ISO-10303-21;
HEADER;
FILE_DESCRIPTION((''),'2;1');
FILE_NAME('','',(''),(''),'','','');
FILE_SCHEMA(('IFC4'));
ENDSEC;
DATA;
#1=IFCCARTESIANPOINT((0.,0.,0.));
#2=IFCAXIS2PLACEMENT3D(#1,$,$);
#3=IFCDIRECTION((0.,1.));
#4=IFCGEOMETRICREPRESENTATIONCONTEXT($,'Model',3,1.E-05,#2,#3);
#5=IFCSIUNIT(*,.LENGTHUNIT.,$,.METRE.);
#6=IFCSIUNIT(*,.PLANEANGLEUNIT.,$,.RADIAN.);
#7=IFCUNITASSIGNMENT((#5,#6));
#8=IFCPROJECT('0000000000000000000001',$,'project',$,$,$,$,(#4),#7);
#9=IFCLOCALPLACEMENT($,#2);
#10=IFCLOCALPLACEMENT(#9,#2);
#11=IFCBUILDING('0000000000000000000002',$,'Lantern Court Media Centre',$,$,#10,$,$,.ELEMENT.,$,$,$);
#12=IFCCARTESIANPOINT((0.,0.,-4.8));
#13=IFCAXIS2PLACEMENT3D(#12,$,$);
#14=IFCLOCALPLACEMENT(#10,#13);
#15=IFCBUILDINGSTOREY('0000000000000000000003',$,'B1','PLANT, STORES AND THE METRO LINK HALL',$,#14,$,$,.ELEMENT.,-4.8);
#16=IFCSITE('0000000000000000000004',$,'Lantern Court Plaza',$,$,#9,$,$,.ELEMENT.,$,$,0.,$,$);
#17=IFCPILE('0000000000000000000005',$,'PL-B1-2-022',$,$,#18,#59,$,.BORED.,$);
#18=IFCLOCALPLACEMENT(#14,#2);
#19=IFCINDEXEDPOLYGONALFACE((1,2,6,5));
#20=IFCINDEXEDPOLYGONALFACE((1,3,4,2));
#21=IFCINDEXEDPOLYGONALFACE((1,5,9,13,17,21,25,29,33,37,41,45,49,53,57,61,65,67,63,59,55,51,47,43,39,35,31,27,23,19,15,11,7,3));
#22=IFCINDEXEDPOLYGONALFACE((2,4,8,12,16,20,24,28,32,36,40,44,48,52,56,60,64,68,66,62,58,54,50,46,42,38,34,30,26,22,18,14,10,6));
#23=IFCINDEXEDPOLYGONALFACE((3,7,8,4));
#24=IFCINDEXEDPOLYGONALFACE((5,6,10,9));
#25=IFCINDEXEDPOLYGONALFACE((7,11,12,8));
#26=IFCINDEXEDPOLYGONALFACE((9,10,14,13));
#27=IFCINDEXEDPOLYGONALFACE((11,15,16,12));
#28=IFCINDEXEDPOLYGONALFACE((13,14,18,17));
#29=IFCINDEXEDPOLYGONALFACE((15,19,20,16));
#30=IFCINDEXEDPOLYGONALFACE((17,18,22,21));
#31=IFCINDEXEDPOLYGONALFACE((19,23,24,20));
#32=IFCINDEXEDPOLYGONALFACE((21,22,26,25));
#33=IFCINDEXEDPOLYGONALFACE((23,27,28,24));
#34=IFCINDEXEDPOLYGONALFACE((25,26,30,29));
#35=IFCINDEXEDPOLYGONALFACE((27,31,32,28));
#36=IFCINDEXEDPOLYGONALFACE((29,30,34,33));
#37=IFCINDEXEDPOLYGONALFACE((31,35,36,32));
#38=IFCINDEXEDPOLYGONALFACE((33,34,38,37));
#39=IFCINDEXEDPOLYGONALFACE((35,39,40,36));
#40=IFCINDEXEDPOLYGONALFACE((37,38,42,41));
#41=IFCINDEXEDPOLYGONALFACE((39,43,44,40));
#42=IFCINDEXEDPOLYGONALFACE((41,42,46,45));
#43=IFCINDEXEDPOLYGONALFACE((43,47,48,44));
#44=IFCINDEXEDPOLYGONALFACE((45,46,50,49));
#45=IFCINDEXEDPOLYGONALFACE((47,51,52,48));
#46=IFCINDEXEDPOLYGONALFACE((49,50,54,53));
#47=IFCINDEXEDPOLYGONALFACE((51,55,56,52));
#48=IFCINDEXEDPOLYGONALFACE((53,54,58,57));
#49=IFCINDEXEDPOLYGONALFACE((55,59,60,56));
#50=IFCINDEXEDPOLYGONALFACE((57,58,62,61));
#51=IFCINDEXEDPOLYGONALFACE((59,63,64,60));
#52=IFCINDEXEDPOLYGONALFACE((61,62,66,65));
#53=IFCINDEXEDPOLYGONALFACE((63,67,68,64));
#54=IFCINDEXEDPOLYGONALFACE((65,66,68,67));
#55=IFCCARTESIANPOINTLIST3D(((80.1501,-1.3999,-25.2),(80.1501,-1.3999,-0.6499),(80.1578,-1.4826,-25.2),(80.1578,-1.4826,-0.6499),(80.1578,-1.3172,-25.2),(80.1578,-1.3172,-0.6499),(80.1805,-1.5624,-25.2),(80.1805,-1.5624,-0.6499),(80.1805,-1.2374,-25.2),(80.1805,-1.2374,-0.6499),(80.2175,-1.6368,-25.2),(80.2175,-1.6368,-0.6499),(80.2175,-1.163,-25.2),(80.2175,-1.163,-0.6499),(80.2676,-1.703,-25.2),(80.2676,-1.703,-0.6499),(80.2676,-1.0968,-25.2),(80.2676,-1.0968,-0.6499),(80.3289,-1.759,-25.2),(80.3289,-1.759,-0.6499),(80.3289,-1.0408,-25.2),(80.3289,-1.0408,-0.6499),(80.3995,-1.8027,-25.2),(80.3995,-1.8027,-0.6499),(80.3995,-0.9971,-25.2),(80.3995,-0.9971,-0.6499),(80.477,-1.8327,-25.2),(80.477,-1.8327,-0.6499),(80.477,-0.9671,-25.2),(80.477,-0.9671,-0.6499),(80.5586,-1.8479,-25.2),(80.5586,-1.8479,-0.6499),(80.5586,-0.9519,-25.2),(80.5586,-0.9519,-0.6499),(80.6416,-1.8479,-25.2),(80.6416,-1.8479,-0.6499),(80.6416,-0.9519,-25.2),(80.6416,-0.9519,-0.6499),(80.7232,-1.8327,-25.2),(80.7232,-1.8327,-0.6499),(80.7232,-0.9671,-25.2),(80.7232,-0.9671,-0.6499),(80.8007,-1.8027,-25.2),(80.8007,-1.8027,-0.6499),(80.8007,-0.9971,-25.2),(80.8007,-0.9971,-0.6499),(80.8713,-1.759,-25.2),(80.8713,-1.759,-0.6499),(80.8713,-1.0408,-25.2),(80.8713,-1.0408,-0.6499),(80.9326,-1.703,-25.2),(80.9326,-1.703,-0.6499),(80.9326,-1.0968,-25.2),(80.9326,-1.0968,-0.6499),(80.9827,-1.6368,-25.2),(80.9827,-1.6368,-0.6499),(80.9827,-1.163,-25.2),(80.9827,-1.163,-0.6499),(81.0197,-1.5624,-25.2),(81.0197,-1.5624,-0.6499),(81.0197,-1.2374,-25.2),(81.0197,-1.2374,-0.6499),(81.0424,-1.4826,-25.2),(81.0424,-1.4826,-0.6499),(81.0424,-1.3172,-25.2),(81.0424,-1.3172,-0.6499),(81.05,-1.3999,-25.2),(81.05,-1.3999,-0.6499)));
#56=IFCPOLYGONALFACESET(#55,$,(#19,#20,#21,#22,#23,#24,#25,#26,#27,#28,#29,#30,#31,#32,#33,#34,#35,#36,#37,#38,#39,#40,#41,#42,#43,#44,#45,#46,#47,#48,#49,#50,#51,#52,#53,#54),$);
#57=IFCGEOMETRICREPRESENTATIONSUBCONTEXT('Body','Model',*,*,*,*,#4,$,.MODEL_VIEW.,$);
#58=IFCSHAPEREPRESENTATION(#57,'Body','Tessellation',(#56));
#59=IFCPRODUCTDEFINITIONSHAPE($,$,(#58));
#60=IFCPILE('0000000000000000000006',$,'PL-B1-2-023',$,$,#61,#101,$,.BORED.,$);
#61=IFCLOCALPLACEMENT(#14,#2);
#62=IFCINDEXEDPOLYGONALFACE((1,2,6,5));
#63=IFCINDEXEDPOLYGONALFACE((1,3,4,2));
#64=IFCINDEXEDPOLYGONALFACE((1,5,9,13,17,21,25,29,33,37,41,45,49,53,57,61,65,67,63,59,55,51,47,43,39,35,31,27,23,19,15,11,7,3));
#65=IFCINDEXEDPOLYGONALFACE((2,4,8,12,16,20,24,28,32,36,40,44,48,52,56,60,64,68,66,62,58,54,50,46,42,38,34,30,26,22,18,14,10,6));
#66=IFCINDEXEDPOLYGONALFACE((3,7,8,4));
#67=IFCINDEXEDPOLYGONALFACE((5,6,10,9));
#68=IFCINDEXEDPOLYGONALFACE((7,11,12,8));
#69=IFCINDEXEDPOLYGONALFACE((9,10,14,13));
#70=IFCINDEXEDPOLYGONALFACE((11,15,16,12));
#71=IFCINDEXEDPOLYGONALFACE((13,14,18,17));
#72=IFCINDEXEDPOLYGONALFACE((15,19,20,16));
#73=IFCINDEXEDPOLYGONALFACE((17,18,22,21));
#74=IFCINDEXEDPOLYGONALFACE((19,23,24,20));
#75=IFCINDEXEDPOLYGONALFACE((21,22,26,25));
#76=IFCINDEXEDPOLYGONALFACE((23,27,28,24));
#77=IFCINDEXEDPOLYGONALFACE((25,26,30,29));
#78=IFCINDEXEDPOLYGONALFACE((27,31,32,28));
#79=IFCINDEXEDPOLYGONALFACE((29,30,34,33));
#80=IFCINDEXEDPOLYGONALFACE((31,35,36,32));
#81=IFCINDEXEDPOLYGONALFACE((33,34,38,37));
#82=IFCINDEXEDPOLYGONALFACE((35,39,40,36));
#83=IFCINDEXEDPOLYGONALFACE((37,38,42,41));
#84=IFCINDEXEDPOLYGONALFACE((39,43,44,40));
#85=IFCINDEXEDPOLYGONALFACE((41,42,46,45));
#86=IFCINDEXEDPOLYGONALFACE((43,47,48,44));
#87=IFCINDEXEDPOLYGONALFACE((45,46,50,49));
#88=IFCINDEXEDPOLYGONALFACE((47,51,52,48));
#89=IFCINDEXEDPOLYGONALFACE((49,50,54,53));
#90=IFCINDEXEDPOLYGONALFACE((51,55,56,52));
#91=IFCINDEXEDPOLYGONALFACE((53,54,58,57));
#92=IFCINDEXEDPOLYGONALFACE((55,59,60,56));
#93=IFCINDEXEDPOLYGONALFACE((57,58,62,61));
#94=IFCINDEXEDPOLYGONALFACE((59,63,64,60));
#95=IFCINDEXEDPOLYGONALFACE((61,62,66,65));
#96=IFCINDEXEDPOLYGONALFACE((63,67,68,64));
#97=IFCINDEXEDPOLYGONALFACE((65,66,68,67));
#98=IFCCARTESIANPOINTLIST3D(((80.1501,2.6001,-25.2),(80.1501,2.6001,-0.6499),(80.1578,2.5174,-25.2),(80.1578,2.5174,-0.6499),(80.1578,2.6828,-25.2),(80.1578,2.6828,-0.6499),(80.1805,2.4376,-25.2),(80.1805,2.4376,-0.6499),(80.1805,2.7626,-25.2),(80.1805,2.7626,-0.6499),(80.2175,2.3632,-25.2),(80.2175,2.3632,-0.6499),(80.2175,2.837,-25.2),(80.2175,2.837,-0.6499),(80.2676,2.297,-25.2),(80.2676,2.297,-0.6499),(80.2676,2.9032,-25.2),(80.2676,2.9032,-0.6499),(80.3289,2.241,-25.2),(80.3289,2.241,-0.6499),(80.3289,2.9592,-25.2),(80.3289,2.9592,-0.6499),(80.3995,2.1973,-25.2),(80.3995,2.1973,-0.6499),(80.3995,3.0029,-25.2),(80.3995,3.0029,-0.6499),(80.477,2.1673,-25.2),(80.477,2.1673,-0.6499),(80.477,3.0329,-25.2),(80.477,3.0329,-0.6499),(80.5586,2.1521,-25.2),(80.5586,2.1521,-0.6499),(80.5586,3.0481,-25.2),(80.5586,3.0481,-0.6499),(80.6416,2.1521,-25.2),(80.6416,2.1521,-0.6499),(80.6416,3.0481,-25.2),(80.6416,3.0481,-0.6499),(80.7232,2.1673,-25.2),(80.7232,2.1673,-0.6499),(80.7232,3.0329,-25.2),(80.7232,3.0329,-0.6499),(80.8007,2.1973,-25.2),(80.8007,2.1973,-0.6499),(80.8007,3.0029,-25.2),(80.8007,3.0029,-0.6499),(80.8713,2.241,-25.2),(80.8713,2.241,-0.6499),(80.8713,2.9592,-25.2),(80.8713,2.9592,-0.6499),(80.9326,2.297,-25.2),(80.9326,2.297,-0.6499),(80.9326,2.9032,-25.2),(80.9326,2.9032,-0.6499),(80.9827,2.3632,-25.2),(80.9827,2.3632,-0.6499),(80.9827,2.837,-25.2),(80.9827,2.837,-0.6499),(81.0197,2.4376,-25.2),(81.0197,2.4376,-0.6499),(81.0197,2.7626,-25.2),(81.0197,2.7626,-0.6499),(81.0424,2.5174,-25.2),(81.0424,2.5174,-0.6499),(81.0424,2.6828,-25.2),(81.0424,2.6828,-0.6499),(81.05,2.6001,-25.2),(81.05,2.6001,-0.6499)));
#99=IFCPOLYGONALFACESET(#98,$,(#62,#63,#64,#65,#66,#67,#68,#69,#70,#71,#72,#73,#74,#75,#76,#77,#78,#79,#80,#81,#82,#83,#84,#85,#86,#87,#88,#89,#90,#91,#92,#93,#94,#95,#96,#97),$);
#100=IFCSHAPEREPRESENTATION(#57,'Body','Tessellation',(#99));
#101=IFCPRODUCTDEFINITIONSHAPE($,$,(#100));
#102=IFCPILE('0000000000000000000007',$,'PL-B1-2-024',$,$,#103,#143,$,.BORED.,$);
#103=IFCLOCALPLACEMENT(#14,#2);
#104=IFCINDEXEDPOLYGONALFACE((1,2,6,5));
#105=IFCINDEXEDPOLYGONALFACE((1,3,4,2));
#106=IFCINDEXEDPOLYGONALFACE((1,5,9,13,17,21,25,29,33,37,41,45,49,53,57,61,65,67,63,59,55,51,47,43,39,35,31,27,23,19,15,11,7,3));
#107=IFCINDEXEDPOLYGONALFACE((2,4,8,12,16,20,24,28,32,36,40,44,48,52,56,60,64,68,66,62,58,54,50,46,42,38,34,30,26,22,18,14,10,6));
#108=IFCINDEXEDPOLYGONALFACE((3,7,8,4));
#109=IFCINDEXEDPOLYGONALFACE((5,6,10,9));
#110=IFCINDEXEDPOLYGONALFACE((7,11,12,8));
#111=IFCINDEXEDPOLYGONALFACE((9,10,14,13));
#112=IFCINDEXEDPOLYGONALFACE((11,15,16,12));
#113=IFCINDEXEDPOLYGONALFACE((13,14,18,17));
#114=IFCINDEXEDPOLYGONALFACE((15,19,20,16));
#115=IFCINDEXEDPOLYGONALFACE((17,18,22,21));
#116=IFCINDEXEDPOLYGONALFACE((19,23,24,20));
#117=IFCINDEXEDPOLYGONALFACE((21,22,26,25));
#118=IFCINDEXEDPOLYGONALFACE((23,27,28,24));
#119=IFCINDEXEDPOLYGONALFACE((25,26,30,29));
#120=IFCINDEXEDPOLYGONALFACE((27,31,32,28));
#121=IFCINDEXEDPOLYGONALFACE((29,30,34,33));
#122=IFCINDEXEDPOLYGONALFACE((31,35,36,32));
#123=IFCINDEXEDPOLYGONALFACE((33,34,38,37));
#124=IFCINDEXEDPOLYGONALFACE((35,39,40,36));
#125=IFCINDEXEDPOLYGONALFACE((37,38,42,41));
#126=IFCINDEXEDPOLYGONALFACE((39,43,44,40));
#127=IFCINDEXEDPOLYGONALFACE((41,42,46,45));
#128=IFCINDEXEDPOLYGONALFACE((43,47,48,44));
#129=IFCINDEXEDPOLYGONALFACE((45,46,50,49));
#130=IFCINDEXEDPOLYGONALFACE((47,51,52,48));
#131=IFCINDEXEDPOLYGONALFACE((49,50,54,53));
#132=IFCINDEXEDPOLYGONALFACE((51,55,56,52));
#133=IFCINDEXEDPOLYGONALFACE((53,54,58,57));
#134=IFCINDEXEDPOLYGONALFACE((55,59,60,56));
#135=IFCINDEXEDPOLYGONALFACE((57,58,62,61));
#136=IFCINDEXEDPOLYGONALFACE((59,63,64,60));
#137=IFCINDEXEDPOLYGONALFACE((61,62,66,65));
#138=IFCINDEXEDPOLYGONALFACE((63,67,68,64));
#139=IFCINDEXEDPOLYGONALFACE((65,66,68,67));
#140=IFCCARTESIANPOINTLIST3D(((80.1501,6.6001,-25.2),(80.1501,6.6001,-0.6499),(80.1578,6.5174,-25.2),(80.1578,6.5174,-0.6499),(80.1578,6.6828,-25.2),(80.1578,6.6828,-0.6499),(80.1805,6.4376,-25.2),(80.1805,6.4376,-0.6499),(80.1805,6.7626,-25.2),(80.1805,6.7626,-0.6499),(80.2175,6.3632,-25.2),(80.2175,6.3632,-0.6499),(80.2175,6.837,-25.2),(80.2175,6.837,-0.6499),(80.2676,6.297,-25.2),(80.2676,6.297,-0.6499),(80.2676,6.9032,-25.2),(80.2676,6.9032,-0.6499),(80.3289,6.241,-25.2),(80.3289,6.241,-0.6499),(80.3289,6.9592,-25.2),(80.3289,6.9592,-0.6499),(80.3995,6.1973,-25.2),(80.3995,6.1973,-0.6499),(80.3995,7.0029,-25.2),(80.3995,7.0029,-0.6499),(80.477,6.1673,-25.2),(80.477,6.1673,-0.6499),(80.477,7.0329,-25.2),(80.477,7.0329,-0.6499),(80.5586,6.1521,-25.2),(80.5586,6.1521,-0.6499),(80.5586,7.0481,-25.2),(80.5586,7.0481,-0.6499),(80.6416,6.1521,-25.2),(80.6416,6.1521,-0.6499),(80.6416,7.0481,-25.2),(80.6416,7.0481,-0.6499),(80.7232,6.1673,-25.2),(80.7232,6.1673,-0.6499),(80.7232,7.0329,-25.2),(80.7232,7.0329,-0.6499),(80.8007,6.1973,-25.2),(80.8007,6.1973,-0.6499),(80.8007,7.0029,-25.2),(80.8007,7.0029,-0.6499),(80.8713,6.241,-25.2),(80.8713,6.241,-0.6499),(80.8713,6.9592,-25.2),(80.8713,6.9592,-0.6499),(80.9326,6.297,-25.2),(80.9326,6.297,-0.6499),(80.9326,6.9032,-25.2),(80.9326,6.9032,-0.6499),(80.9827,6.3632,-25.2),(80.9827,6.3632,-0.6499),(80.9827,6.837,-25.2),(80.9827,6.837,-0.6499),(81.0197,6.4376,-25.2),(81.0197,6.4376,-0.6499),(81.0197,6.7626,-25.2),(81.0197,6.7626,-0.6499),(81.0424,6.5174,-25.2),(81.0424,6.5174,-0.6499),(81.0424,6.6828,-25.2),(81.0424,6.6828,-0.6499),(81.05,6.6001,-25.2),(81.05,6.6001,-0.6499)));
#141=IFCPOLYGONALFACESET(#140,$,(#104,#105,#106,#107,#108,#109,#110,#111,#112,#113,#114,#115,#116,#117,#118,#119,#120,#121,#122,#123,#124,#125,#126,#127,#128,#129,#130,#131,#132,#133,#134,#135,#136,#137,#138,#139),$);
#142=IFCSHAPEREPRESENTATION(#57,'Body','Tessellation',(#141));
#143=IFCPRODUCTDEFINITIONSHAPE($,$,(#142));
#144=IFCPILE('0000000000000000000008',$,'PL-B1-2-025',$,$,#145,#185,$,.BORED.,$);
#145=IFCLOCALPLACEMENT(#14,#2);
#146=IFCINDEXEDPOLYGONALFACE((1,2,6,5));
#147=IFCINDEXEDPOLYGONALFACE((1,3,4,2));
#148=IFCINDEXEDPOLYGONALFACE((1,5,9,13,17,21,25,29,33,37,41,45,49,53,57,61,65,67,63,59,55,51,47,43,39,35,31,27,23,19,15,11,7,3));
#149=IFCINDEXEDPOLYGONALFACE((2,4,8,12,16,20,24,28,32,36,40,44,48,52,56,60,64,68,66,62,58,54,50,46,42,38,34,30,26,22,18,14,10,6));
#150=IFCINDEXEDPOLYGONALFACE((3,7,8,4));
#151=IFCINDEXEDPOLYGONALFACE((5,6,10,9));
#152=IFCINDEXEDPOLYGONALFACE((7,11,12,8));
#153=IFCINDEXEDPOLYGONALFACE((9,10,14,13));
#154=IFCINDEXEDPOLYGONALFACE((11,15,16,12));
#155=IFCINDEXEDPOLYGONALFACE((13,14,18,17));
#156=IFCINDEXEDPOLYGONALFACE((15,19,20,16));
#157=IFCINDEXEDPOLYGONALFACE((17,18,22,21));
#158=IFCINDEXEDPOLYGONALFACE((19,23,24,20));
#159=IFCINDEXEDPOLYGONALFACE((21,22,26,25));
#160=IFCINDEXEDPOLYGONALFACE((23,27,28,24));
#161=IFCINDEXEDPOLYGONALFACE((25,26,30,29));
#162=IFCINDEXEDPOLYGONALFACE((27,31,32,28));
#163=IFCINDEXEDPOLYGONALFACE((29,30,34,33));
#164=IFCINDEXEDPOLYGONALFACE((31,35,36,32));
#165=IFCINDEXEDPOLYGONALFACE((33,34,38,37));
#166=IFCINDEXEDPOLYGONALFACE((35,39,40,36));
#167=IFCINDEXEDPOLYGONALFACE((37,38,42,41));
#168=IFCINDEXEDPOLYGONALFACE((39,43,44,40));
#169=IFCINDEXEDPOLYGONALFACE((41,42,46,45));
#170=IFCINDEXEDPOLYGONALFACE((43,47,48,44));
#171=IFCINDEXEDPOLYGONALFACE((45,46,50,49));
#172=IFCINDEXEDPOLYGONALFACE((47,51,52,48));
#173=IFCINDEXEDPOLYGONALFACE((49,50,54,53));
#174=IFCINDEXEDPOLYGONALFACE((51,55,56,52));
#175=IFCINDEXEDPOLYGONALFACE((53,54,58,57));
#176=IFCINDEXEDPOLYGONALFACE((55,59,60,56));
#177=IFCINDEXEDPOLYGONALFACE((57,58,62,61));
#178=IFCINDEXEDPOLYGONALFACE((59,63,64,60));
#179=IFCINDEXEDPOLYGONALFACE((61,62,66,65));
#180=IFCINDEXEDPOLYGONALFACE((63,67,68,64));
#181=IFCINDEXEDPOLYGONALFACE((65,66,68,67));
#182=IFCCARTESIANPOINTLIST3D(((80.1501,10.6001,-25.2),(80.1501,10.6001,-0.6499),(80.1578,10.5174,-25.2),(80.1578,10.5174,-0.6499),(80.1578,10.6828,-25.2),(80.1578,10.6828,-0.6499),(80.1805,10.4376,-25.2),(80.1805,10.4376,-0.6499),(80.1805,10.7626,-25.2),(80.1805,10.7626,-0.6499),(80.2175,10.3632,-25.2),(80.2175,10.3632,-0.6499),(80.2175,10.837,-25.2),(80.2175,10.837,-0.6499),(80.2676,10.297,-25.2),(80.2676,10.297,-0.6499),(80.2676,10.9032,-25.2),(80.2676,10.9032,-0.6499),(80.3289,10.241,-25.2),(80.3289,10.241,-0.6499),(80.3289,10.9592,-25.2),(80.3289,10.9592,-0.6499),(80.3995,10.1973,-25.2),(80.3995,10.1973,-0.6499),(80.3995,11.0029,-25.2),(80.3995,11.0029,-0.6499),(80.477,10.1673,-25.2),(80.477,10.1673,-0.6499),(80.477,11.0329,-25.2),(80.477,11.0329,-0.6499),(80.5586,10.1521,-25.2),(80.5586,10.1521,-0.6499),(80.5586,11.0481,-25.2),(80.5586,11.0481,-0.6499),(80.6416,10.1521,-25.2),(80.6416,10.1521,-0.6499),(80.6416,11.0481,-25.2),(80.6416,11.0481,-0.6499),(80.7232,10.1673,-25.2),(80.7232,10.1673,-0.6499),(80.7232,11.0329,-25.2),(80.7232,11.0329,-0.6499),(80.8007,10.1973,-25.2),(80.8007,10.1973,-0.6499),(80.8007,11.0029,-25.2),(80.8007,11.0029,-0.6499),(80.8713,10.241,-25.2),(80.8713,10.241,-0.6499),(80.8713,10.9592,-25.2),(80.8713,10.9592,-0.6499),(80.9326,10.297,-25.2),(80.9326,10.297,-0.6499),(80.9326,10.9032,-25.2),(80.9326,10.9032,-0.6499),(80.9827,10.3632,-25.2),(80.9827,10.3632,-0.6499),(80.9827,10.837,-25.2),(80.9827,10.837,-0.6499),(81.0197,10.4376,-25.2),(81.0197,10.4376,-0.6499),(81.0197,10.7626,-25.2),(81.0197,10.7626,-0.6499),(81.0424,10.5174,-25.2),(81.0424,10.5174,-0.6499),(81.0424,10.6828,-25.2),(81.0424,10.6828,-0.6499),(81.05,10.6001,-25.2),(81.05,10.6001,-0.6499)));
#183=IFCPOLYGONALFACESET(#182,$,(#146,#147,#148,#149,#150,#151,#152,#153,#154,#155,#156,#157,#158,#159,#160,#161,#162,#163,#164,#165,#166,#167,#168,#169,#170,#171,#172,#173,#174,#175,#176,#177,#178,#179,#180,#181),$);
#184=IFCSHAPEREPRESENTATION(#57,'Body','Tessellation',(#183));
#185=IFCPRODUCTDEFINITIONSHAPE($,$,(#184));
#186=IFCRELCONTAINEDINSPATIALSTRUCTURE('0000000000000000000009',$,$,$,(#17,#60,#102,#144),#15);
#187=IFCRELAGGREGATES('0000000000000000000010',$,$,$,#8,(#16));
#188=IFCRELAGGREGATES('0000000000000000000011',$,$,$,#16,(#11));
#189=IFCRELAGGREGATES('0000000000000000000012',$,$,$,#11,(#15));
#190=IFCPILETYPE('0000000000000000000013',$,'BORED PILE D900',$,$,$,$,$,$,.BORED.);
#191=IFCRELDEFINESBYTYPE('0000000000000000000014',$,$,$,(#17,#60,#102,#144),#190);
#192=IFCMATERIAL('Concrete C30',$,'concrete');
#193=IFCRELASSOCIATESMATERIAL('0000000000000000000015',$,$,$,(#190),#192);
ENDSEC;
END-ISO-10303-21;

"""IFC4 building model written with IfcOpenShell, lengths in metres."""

from ifc_helpers import new_model, si_unit, direction, frame, origin, origin_2d, place, context, subcontext, project, spatial, circle, extrude, material, material_profile, profile_set, type_object, element, save


model = new_model("IFC4")

# Units and contexts
model_context = context("Model", 3, precision=1e-05, world=origin(), true_north=direction((0.0, 1.0)))
body_context = subcontext(model_context, "Body", "Model", "MODEL_VIEW")
ifc_project = project(units=[si_unit("LENGTHUNIT", "METRE"), si_unit("PLANEANGLEUNIT", "RADIAN")], contexts=[model_context])

# Site, building, storey
site_placement = place(None, origin())
site = spatial("IfcSite", under=ifc_project, at=site_placement, Name="Lantern Court Plaza", CompositionType="ELEMENT", RefElevation=0.0)
building_placement = place(site_placement, origin())
building = spatial("IfcBuilding", under=site, at=building_placement, Name="Lantern Court Media Centre", CompositionType="ELEMENT")
storey_placement = place(building_placement, frame((0.0, 0.0, -4.8)))
storey = spatial("IfcBuildingStorey", under=building, at=storey_placement, Name="B1", Description="PLANT, STORES AND THE METRO LINK HALL", CompositionType="ELEMENT", Elevation=-4.8)

# Piles
ifc_material_1 = material(Name="Concrete C30", Category="concrete")
ifc_material_profile_1 = material_profile(ifc_material_1, circle(Radius=0.45, at=origin_2d()), Name="D900")
ifc_profile_set_1 = profile_set([ifc_material_profile_1], Name="Concrete C30")
pile_type = type_object("IfcPileType", Name="BORED PILE D900", PredefinedType="BORED", material=ifc_profile_set_1)
for number, where, z_axis, x_axis, name in (
    (1, (80.6001, -1.3999, -0.6499), (0.0, 0.0, -1.0), (1.0, 0.0, 0.0), "PL-B1-2-022"),
    (2, (80.6001, 2.6001, -0.6499), (0.0, 0.0, -1.0), (1.0, 0.0, 0.0), "PL-B1-2-023"),
    (3, (80.6001, 6.6001, -0.6499), (0.0, 0.0, -1.0), (1.0, 0.0, 0.0), "PL-B1-2-024"),
    (4, (80.6001, 10.6001, -0.6499), (0.0, 0.0, -1.0), (1.0, 0.0, 0.0), "PL-B1-2-025"),
):
    element("IfcPile", number, at=place(storey_placement, frame(where, z_axis=z_axis, x_axis=x_axis)), inside=storey, type_object=pile_type, Name=name, PredefinedType="BORED", context=body_context, shape_type="SweptSolid", body=[
        extrude(circle(Radius=0.45, at=origin_2d()), origin(), (0.0, 0.0, 1.0), 24.55),
    ])

save(model, "model.ifc")
